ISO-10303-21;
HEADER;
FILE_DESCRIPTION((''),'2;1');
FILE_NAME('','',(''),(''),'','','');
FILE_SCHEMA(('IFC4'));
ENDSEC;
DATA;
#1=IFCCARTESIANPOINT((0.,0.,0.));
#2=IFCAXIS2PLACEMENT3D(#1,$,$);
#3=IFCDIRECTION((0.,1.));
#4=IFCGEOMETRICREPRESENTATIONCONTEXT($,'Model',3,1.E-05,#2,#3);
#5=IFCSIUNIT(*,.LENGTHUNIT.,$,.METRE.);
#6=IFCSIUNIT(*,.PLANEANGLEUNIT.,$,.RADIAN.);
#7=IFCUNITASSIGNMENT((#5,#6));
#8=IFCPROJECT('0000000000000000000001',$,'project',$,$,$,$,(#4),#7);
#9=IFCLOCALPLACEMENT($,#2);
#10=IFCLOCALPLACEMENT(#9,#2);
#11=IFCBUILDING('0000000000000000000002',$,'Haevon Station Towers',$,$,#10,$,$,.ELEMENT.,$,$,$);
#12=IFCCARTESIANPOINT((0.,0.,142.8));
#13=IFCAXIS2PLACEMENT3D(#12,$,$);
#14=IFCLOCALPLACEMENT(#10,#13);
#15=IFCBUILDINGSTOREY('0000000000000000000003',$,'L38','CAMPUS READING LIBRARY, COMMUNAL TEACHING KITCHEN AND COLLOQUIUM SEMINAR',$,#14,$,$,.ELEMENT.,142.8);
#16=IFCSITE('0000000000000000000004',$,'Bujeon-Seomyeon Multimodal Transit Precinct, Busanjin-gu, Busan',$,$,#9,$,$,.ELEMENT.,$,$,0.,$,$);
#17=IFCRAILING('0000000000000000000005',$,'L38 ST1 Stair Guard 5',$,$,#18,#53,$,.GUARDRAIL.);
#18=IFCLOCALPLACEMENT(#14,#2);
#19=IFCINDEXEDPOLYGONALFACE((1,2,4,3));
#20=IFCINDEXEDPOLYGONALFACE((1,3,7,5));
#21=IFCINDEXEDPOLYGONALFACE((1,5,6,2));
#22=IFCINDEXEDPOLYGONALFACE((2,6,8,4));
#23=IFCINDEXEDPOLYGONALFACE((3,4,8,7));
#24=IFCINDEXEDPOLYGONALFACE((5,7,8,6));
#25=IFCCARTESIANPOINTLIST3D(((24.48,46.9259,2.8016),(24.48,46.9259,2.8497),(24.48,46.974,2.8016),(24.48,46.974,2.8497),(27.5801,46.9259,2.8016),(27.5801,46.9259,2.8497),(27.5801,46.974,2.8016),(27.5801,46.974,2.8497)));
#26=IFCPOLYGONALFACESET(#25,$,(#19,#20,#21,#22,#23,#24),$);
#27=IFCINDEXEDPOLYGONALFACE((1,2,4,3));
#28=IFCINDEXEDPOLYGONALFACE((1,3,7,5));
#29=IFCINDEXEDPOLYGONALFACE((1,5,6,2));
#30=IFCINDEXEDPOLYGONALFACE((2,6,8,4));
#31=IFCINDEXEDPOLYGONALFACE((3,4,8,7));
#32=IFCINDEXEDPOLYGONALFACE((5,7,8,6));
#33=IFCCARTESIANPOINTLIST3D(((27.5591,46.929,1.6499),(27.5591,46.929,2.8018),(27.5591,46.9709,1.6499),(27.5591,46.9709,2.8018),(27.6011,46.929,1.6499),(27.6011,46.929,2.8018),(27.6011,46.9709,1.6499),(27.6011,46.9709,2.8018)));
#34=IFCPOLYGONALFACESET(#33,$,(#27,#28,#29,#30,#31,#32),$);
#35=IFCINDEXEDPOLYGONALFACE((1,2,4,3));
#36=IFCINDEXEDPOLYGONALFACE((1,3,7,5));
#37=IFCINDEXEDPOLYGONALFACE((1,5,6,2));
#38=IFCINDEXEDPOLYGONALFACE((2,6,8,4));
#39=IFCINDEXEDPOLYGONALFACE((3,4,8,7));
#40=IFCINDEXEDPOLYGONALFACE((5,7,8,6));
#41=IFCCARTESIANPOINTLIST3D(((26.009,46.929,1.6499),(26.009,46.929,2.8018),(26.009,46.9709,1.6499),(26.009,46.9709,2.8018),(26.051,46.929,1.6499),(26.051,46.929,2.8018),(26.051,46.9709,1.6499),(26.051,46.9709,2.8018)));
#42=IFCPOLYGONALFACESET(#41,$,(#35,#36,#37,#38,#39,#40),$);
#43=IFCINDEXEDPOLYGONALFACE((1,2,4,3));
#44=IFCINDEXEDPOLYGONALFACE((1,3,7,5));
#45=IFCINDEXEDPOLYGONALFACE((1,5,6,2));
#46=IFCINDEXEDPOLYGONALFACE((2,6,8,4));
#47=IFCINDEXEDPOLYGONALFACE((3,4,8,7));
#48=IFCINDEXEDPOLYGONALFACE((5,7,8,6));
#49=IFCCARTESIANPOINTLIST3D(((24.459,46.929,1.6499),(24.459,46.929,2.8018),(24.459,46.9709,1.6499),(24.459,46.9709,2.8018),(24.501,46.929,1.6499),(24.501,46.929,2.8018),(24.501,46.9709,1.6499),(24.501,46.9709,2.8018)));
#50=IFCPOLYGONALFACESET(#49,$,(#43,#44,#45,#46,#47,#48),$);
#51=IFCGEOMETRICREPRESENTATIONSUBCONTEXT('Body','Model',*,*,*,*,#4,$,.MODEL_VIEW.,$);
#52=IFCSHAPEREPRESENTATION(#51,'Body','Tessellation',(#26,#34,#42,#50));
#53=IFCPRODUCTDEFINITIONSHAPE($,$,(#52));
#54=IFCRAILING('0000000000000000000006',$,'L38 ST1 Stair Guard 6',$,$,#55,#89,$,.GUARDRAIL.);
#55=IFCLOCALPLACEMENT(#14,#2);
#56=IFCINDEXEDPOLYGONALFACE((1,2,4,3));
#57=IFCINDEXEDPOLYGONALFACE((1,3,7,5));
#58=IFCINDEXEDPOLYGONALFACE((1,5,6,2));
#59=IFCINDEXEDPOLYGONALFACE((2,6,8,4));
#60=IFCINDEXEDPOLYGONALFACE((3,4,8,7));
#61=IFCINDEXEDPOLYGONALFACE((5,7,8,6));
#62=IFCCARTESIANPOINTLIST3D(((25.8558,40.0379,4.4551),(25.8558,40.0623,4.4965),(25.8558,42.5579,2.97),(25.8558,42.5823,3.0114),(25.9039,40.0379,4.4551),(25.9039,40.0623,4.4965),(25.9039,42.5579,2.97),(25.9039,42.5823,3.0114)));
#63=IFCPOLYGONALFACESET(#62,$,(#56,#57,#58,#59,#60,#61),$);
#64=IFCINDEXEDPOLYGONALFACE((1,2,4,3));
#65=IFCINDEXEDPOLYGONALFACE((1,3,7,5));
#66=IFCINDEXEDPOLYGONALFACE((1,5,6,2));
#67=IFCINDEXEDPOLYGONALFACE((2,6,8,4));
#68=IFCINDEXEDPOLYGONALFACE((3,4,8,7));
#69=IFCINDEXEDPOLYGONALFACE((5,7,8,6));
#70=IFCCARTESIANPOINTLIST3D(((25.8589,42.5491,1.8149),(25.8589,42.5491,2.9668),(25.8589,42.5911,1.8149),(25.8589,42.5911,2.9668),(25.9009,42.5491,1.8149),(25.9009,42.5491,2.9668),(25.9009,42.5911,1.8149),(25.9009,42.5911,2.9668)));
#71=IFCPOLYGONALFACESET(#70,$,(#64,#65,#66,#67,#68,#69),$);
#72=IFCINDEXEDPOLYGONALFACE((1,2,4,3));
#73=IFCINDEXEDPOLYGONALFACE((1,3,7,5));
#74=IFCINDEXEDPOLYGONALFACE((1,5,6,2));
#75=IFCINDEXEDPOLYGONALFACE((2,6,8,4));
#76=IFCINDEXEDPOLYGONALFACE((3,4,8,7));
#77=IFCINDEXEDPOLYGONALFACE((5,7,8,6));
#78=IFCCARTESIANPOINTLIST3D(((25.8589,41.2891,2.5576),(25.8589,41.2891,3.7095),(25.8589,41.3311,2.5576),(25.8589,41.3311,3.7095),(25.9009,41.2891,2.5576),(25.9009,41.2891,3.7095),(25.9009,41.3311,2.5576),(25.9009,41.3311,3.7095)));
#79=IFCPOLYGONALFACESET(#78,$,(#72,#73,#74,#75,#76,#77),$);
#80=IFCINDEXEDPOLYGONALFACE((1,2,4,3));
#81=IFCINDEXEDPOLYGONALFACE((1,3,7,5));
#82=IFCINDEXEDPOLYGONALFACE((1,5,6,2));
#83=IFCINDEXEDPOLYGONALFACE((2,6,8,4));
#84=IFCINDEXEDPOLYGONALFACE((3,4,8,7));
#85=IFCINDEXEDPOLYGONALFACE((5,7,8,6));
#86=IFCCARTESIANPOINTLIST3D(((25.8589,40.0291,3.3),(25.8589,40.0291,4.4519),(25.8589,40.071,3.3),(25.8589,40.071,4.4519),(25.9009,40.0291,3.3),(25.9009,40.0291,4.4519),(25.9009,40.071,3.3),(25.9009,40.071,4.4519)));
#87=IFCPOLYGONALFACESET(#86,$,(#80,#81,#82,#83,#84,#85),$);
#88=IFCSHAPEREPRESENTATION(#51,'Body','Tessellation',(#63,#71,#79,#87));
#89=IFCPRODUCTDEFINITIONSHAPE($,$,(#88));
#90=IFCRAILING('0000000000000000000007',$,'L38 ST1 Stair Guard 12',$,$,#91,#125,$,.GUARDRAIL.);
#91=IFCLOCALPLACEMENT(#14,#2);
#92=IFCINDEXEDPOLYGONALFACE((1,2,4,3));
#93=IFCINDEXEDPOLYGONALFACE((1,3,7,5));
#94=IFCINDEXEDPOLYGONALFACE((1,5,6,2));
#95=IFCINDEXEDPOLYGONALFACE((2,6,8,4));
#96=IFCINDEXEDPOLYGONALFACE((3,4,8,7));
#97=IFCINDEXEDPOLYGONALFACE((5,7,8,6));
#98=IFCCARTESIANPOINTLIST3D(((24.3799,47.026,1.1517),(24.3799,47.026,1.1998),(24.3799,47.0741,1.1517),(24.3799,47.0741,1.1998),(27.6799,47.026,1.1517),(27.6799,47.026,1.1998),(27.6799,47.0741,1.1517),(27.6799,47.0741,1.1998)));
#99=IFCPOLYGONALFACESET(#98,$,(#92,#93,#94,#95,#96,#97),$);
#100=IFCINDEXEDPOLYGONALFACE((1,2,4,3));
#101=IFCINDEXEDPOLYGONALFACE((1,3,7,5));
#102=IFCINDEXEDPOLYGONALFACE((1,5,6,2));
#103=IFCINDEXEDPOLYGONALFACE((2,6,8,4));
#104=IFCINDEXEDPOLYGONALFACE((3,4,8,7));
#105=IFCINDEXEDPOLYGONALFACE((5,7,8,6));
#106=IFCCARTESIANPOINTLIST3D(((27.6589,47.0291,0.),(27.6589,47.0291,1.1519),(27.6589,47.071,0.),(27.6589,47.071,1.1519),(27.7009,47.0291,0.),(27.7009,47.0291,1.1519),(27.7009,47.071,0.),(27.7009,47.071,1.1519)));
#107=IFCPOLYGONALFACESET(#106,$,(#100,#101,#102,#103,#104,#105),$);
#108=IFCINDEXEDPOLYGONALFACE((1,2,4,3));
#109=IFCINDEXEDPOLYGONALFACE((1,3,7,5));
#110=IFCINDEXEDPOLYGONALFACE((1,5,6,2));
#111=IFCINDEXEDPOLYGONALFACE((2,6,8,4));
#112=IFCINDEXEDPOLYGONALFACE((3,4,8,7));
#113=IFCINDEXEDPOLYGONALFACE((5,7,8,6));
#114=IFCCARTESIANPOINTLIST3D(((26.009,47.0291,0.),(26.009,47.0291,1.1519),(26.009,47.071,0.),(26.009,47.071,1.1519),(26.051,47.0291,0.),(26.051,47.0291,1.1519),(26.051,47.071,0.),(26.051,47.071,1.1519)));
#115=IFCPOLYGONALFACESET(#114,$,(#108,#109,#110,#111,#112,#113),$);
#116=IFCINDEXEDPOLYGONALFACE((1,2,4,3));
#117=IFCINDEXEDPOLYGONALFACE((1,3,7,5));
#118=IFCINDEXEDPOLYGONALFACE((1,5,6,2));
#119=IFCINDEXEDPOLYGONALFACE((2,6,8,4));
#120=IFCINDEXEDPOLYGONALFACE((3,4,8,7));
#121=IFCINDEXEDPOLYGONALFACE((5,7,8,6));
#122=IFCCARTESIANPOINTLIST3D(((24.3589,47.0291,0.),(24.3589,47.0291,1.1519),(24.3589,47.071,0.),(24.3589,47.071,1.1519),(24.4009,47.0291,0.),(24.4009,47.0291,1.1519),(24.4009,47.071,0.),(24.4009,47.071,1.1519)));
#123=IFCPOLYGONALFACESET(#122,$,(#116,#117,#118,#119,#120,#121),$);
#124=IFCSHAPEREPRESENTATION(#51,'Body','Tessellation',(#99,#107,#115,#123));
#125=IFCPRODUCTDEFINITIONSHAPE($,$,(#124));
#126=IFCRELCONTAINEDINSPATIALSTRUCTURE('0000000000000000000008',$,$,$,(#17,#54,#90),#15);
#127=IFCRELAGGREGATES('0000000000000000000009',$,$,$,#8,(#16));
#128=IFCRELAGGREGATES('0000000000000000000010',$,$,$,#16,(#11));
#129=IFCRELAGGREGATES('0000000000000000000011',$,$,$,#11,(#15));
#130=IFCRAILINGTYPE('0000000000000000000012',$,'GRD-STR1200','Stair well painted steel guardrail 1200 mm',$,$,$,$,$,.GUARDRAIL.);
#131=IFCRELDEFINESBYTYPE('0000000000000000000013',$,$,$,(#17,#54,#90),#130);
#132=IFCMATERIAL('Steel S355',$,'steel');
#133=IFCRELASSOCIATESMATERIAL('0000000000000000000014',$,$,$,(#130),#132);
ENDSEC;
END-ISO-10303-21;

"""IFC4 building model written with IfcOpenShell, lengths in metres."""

from ifc_helpers import new_model, si_unit, direction, frame, origin, origin_2d, place, context, subcontext, project, spatial, rectangle, extrude, material, type_object, element, save


model = new_model("IFC4")

# Units and contexts
model_context = context("Model", 3, precision=1e-05, world=origin(), true_north=direction((0.0, 1.0)))
body_context = subcontext(model_context, "Body", "Model", "MODEL_VIEW")
ifc_project = project(units=[si_unit("LENGTHUNIT", "METRE"), si_unit("PLANEANGLEUNIT", "RADIAN")], contexts=[model_context])

# Site, building, storey
site_placement = place(None, origin())
site = spatial("IfcSite", under=ifc_project, at=site_placement, Name="Bujeon-Seomyeon Multimodal Transit Precinct, Busanjin-gu, Busan", CompositionType="ELEMENT", RefElevation=0.0)
building_placement = place(site_placement, origin())
building = spatial("IfcBuilding", under=site, at=building_placement, Name="Haevon Station Towers", CompositionType="ELEMENT")
storey_placement = place(building_placement, frame((0.0, 0.0, 142.8)))
storey = spatial("IfcBuildingStorey", under=building, at=storey_placement, Name="L38", Description="CAMPUS READING LIBRARY, COMMUNAL TEACHING KITCHEN AND COLLOQUIUM SEMINAR", CompositionType="ELEMENT", Elevation=142.8)

# Shared definitions
ifc_material_1 = material(Name="Steel S355", Category="steel")

# Railings
railing_type = type_object("IfcRailingType", Name="GRD-STR1200", Description="Stair well painted steel guardrail 1200 mm", PredefinedType="GUARDRAIL", material=ifc_material_1)
railing_1_placement = place(storey_placement, frame((27.5801, 46.95, 1.6499)))
element("IfcRailing", 1, at=railing_1_placement, inside=storey, type_object=railing_type, Name="L38 ST1 Stair Guard 5", PredefinedType="GUARDRAIL", context=body_context, shape_type="SweptSolid", body=[
    extrude(rectangle(XDim=0.0481, YDim=0.0481, at=origin_2d()), frame((0.0, 0.0, 1.1758), z_axis=(-1.0, 0.0, 0.0), x_axis=(0.0, -1.0, 0.0)), (0.0, 0.0, 1.0), 3.1001),
    extrude(rectangle(XDim=0.042, YDim=0.042, at=origin_2d()), origin(), (0.0, 0.0, 1.0), 1.1519),
    extrude(rectangle(XDim=0.042, YDim=0.042, at=origin_2d()), frame((-1.55, 0.0, 0.0)), (0.0, 0.0, 1.0), 1.1519),
    extrude(rectangle(XDim=0.042, YDim=0.042, at=origin_2d()), frame((-3.1001, 0.0, 0.0)), (0.0, 0.0, 1.0), 1.1519),
])
railing_2_placement = place(storey_placement, frame((25.8799, 42.5701, 1.8149)))
element("IfcRailing", 2, at=railing_2_placement, inside=storey, type_object=railing_type, Name="L38 ST1 Stair Guard 6", PredefinedType="GUARDRAIL", context=body_context, shape_type="SweptSolid", body=[
    extrude(rectangle(XDim=0.0481, YDim=0.0481, at=origin_2d()), frame((0.0, 0.0, 1.1758), z_axis=(0.0, -0.861524, 0.507717), x_axis=(1.0, 0.0, 0.0)), (0.0, 0.0, 1.0), 2.925),
    extrude(rectangle(XDim=0.042, YDim=0.042, at=origin_2d()), origin(), (0.0, 0.0, 1.0), 1.1519),
    extrude(rectangle(XDim=0.042, YDim=0.042, at=origin_2d()), frame((0.0, -1.26, 0.7427)), (0.0, 0.0, 1.0), 1.1519),
    extrude(rectangle(XDim=0.042, YDim=0.042, at=origin_2d()), frame((0.0, -2.52, 1.4851)), (0.0, 0.0, 1.0), 1.1519),
])
railing_3_placement = place(storey_placement, frame((27.6799, 47.05, 0.0)))
element("IfcRailing", 3, at=railing_3_placement, inside=storey, type_object=railing_type, Name="L38 ST1 Stair Guard 12", PredefinedType="GUARDRAIL", context=body_context, shape_type="SweptSolid", body=[
    extrude(rectangle(XDim=0.0481, YDim=0.0481, at=origin_2d()), frame((0.0, 0.0, 1.1758), z_axis=(-1.0, 0.0, 0.0), x_axis=(0.0, -1.0, 0.0)), (0.0, 0.0, 1.0), 3.3),
    extrude(rectangle(XDim=0.042, YDim=0.042, at=origin_2d()), origin(), (0.0, 0.0, 1.0), 1.1519),
    extrude(rectangle(XDim=0.042, YDim=0.042, at=origin_2d()), frame((-1.6499, 0.0, 0.0)), (0.0, 0.0, 1.0), 1.1519),
    extrude(rectangle(XDim=0.042, YDim=0.042, at=origin_2d()), frame((-3.3, 0.0, 0.0)), (0.0, 0.0, 1.0), 1.1519),
])

save(model, "model.ifc")
